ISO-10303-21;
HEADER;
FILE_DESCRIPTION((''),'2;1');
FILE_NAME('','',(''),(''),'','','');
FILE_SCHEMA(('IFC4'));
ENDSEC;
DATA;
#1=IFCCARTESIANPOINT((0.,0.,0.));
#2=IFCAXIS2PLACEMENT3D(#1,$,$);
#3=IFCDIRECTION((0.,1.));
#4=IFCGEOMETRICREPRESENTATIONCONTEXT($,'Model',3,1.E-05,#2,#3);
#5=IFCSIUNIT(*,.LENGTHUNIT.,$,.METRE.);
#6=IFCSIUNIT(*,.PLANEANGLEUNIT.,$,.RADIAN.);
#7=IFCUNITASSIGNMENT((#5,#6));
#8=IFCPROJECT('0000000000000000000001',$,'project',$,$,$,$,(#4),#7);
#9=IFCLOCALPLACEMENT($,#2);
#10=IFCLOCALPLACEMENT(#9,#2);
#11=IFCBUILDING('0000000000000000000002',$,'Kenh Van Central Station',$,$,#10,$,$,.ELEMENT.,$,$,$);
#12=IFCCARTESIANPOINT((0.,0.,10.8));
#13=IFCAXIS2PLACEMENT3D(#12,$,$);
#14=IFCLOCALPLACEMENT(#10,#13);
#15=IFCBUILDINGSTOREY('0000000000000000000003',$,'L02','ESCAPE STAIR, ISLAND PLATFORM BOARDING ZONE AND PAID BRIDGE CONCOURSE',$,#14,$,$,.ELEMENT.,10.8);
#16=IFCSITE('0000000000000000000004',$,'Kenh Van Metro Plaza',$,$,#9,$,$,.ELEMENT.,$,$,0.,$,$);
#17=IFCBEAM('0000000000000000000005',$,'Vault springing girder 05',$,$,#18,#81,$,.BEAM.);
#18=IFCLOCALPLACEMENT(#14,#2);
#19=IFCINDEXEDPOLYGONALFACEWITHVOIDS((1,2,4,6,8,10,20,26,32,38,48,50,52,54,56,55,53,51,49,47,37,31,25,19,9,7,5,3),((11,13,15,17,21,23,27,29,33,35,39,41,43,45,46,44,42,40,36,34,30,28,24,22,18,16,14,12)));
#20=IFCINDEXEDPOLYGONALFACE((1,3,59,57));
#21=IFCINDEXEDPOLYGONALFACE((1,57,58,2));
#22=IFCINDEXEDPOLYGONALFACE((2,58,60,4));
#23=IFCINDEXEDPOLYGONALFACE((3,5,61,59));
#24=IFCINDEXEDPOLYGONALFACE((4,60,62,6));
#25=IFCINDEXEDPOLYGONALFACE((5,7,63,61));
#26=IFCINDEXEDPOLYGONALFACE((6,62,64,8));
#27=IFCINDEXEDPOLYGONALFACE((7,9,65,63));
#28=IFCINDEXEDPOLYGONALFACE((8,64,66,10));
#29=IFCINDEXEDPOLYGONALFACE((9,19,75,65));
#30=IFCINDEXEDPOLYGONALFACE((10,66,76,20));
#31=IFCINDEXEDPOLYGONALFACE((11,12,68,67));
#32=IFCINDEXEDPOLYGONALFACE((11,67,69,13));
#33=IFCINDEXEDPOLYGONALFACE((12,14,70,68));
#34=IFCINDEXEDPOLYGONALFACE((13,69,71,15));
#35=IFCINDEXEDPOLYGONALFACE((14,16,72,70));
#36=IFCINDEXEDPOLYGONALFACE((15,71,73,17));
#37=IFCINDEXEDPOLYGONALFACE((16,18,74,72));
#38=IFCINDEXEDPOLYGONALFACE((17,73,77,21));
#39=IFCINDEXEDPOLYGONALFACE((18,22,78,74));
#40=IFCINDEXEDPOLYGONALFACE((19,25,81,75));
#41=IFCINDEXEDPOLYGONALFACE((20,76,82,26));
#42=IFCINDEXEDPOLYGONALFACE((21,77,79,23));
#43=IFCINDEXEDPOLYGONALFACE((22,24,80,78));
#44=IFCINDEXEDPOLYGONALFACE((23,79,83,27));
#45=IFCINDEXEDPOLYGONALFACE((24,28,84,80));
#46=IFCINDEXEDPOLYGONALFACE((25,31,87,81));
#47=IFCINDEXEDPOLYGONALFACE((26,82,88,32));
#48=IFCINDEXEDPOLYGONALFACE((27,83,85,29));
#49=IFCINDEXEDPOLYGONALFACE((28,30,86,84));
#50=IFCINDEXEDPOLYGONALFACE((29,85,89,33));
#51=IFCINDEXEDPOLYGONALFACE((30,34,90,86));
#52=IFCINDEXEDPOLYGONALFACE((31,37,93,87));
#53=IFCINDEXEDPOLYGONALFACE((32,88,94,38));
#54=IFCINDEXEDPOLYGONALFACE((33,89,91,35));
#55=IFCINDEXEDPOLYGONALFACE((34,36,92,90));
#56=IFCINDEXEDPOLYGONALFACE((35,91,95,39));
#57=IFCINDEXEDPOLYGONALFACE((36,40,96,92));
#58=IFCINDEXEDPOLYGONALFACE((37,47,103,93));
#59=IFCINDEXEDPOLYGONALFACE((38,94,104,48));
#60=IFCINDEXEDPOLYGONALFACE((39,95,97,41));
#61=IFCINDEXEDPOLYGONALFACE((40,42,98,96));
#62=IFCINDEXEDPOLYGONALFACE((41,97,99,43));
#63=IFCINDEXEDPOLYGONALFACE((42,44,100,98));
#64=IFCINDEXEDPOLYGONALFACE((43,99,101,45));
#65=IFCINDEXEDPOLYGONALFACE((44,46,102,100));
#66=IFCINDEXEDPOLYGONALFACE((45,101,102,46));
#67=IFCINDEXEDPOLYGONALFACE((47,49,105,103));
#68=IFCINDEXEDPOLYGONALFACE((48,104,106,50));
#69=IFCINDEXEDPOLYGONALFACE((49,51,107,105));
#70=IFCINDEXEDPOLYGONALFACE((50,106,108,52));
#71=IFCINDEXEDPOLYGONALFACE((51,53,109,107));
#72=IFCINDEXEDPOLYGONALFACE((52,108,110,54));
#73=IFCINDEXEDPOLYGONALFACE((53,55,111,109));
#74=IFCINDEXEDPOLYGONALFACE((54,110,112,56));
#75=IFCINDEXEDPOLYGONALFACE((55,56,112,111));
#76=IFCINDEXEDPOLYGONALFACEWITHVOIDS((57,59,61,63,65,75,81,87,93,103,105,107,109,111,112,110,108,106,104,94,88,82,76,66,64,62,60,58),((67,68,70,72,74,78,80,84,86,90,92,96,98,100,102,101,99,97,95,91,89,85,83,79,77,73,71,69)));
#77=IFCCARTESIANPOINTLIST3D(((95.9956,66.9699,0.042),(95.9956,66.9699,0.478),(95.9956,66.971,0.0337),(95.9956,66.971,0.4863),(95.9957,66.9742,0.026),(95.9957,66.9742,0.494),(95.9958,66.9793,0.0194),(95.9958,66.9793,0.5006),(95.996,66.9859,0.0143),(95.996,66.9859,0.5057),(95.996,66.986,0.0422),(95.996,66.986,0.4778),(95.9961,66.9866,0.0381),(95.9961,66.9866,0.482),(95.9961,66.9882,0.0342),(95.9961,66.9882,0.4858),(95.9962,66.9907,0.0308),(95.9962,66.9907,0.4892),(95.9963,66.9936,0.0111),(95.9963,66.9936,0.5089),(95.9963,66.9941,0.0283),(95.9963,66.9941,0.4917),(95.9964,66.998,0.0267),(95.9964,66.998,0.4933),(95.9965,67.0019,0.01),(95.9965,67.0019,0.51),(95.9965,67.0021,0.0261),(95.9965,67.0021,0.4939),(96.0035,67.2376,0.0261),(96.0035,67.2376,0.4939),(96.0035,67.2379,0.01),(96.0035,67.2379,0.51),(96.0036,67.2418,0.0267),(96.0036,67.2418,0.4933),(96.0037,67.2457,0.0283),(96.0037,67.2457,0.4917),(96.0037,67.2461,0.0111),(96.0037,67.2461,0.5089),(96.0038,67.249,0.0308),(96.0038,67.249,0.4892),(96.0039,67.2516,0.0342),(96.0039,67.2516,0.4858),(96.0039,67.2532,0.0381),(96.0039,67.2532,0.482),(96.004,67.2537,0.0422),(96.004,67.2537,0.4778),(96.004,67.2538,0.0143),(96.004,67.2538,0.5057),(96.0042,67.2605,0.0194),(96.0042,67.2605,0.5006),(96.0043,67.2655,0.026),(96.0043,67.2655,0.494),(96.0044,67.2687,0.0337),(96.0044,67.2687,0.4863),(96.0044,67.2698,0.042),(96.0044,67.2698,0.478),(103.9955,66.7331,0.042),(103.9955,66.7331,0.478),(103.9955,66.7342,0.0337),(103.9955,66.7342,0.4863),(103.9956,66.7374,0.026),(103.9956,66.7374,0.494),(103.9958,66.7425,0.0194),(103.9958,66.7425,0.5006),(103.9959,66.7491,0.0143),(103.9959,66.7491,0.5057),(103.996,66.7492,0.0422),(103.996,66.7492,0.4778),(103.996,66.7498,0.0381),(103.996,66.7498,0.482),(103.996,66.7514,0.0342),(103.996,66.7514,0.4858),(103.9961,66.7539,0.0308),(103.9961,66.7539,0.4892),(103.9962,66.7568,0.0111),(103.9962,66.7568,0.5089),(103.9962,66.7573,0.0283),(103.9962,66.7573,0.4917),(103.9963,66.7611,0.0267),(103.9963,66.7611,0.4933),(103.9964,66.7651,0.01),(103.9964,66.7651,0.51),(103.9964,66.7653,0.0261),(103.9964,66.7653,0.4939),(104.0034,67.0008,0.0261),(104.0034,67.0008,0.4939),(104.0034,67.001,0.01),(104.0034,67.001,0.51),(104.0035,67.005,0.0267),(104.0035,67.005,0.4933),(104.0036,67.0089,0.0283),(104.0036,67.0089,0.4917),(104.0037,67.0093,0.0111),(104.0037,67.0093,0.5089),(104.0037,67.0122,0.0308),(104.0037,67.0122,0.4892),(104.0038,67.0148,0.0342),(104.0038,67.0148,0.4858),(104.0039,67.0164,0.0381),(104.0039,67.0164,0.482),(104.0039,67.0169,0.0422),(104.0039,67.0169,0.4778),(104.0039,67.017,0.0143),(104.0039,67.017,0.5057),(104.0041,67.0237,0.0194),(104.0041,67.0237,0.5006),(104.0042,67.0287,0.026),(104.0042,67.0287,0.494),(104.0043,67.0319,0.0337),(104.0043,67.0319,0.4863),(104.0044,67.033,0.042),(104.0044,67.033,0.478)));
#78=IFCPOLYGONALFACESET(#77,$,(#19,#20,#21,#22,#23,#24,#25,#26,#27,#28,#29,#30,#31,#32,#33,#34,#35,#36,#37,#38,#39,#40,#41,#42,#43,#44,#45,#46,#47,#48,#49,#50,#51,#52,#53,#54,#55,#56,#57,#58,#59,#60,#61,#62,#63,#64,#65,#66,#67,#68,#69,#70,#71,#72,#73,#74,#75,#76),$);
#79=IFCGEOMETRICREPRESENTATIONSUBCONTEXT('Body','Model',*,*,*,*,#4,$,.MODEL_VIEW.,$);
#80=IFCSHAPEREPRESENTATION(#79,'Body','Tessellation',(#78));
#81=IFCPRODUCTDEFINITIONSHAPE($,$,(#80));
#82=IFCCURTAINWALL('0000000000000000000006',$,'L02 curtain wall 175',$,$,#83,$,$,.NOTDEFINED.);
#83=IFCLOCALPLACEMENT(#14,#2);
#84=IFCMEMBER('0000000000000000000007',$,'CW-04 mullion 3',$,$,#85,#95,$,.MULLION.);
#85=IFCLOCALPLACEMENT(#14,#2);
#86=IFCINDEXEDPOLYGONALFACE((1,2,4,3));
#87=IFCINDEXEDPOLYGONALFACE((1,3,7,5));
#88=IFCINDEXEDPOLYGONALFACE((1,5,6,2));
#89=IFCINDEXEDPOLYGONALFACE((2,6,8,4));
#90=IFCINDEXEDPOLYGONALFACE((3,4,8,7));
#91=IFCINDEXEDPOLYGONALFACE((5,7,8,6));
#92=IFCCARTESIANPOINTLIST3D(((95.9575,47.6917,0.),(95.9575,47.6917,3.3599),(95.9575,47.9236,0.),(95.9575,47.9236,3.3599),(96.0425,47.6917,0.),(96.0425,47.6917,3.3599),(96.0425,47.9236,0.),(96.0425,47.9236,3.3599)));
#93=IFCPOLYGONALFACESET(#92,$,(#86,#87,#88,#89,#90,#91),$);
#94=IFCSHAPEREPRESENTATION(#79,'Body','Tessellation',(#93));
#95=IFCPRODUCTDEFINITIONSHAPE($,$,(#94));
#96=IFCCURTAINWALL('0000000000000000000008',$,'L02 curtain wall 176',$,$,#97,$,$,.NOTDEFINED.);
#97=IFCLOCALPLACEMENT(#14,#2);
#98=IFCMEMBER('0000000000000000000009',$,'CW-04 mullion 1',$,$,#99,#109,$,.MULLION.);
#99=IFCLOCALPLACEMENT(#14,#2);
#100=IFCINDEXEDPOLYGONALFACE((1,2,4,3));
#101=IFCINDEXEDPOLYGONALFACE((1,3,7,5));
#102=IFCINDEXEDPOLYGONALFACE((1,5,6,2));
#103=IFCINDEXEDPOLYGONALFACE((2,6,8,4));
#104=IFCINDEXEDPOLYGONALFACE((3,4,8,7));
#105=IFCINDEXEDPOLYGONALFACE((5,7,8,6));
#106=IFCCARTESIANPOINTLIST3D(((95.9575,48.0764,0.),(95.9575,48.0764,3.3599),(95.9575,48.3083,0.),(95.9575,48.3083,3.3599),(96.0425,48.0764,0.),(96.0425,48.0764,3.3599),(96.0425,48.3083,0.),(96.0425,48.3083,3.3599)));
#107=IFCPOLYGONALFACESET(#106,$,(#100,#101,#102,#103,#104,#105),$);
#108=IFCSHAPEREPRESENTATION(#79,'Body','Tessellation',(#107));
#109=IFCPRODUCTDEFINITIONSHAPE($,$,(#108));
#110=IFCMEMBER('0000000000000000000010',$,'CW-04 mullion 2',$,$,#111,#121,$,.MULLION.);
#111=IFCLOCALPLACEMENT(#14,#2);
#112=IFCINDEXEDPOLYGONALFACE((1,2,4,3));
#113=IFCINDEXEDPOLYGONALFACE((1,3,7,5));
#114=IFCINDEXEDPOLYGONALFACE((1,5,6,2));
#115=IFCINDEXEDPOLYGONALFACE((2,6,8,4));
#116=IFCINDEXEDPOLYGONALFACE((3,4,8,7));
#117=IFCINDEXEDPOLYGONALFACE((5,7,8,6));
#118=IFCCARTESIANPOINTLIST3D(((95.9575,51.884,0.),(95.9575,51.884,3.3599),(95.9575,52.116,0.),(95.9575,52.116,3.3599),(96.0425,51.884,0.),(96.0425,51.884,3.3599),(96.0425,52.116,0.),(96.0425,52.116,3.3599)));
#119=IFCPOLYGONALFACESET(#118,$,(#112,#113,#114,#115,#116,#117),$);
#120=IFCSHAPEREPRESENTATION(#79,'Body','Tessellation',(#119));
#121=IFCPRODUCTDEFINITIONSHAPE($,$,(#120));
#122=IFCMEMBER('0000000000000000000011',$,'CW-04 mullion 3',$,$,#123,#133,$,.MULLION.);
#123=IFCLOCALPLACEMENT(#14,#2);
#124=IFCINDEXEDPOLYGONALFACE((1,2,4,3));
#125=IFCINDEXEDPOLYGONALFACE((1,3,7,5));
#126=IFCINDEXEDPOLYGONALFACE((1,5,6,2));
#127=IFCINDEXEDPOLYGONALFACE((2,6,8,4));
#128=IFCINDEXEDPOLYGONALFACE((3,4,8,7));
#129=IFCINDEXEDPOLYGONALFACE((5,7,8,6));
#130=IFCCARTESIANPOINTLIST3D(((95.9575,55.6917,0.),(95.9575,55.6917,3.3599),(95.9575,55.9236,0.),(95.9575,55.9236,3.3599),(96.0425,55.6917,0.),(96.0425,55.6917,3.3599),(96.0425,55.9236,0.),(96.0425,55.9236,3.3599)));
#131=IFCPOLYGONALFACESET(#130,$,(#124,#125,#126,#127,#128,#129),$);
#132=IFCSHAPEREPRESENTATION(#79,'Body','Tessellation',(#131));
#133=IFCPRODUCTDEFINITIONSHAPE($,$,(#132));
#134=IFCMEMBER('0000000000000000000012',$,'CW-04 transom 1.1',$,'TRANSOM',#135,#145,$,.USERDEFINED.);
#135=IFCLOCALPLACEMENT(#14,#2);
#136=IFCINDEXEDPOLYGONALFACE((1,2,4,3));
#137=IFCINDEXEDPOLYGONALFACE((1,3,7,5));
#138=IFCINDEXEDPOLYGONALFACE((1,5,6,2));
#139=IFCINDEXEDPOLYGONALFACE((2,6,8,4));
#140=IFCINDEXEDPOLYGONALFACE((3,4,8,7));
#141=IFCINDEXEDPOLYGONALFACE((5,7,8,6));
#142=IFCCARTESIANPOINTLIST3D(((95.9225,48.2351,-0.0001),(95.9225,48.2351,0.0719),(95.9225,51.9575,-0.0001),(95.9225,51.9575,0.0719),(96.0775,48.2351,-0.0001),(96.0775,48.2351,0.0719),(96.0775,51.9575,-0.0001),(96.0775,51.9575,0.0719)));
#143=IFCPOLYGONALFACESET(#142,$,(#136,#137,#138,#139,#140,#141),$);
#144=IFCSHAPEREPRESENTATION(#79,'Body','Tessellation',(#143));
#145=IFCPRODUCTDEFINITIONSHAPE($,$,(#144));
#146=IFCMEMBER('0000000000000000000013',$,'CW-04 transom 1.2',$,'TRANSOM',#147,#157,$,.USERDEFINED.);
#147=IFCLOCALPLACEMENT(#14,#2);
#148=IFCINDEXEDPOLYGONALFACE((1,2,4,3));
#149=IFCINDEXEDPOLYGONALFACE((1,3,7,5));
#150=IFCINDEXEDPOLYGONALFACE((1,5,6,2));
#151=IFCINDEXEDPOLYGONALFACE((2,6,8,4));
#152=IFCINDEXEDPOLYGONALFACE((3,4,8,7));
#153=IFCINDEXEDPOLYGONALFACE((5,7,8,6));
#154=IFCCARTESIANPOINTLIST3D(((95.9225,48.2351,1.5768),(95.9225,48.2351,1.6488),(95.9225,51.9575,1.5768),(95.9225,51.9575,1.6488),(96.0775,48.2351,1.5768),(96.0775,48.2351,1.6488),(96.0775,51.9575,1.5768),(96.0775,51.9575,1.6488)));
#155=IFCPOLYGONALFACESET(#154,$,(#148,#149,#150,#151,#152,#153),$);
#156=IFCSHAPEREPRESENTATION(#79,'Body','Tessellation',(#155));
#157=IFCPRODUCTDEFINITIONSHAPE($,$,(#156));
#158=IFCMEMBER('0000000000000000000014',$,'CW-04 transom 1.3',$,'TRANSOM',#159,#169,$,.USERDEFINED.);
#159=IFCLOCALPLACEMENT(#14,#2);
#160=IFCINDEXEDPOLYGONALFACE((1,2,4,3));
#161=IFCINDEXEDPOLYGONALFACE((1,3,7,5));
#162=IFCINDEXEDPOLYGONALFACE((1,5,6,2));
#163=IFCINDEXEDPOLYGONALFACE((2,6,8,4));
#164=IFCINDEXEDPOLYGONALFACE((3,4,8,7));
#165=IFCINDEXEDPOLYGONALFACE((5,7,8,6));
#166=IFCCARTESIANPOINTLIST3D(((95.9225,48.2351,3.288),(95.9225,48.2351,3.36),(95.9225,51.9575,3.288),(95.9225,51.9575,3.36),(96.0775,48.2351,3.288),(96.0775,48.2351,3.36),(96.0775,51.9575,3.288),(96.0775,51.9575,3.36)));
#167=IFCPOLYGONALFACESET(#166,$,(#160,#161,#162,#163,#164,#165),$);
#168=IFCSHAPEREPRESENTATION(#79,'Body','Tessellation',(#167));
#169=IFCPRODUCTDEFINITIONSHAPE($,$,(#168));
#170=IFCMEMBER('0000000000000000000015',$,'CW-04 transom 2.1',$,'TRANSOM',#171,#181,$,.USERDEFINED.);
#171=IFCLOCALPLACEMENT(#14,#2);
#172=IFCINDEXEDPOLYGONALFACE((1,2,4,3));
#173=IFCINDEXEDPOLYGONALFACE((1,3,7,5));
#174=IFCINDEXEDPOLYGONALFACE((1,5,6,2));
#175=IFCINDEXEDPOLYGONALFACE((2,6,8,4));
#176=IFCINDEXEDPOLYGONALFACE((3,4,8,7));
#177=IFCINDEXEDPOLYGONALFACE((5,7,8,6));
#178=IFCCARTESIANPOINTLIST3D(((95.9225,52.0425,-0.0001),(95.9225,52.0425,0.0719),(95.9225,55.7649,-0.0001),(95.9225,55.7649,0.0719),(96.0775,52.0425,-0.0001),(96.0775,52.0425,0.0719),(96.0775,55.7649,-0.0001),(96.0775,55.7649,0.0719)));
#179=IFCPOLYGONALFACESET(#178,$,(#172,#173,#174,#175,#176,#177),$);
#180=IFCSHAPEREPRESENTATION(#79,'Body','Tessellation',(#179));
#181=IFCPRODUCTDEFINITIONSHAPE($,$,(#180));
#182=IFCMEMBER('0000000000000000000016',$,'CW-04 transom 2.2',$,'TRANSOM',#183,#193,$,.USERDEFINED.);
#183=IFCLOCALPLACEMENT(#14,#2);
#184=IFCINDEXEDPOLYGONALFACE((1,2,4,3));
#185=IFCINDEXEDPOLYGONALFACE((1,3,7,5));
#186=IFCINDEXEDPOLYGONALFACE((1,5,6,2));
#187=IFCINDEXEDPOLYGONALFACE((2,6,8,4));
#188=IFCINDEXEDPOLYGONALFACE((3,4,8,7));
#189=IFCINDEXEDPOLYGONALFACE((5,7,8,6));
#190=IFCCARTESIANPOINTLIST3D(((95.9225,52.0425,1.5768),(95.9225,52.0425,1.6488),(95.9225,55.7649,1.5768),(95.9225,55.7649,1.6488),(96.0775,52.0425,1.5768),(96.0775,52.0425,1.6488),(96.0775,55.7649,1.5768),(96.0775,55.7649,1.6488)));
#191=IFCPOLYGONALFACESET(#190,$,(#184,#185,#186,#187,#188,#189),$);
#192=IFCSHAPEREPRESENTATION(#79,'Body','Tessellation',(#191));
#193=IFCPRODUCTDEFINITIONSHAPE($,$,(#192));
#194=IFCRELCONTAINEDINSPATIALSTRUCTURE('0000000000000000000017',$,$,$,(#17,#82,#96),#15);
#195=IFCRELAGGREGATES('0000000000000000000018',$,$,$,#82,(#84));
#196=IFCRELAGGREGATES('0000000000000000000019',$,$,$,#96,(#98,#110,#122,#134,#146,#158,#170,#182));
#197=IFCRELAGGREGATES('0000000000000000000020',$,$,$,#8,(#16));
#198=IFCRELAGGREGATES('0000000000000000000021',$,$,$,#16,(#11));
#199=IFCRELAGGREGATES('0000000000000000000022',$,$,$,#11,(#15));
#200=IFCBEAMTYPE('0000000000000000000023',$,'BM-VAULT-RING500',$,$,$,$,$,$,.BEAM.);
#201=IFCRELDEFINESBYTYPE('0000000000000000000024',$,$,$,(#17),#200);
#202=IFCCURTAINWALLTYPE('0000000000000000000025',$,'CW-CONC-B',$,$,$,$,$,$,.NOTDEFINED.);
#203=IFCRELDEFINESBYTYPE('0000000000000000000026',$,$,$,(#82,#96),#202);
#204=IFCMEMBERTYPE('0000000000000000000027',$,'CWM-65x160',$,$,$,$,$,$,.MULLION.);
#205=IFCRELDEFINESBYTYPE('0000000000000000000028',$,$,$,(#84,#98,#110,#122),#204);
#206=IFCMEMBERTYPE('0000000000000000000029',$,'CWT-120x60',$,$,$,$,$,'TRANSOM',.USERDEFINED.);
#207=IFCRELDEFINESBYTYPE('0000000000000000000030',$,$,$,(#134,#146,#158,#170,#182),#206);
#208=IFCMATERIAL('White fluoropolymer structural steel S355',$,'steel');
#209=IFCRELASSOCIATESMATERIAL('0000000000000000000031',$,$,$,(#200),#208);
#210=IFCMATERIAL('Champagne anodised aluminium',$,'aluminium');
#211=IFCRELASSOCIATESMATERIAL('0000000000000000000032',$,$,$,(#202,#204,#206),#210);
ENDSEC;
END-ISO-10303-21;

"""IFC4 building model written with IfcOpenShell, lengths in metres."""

from ifc_helpers import new_model, si_unit, direction, frame, origin, origin_2d, place, context, subcontext, project, spatial, rectangle, hollow_rectangle, extrude, material, material_profile, profile_set, type_object, element, aggregate, save


model = new_model("IFC4")

# Units and contexts
model_context = context("Model", 3, precision=1e-05, world=origin(), true_north=direction((0.0, 1.0)))
body_context = subcontext(model_context, "Body", "Model", "MODEL_VIEW")
ifc_project = project(units=[si_unit("LENGTHUNIT", "METRE"), si_unit("PLANEANGLEUNIT", "RADIAN")], contexts=[model_context])

# Site, building, storey
site_placement = place(None, origin())
site = spatial("IfcSite", under=ifc_project, at=site_placement, Name="Kenh Van Metro Plaza", CompositionType="ELEMENT", RefElevation=0.0)
building_placement = place(site_placement, origin())
building = spatial("IfcBuilding", under=site, at=building_placement, Name="Kenh Van Central Station", CompositionType="ELEMENT")
storey_placement = place(building_placement, frame((0.0, 0.0, 10.8)))
storey = spatial("IfcBuildingStorey", under=building, at=storey_placement, Name="L02", Description="ESCAPE STAIR, ISLAND PLATFORM BOARDING ZONE AND PAID BRIDGE CONCOURSE", CompositionType="ELEMENT", Elevation=10.8)

# Beam
ifc_material_1 = material(Name="White fluoropolymer structural steel S355", Category="steel")
ifc_material_profile_1 = material_profile(ifc_material_1, hollow_rectangle(XDim=0.3, YDim=0.5, WallThickness=0.0161, InnerFilletRadius=0.0161, OuterFilletRadius=0.032, at=origin_2d()), Name="RHS 500x300x16")
ifc_profile_set_1 = profile_set([ifc_material_profile_1], Name="White fluoropolymer structural steel S355")
beam_type_1 = type_object("IfcBeamType", Name="BM-VAULT-RING500", PredefinedType="BEAM", material=ifc_profile_set_1)
beam_placement = place(storey_placement, frame((96.0, 67.1199, 0.26), z_axis=(0.999562, -0.029589, 0.0), x_axis=(0.029589, 0.999562, 0.0)))
element("IfcBeam", 1, at=beam_placement, inside=storey, type_object=beam_type_1, Name="Vault springing girder 05", PredefinedType="BEAM", context=body_context, shape_type="SweptSolid", body=[
    extrude(hollow_rectangle(XDim=0.3, YDim=0.5, WallThickness=0.0161, InnerFilletRadius=0.0161, OuterFilletRadius=0.032, at=origin_2d()), origin(), (0.0, 0.0, 1.0), 8.0034),
])

# Curtain wall, member
ifc_material_2 = material(Name="Champagne anodised aluminium", Category="aluminium")
curtain_wall_type = type_object("IfcCurtainWallType", Name="CW-CONC-B", PredefinedType="NOTDEFINED", material=ifc_material_2)
curtain_wall_1_placement = place(storey_placement, origin())
curtain_wall_1 = element("IfcCurtainWall", 2, at=curtain_wall_1_placement, inside=storey, type_object=curtain_wall_type, Name="L02 curtain wall 175", PredefinedType="NOTDEFINED")
ifc_material_profile_2 = material_profile(ifc_material_2, rectangle(XDim=0.085, YDim=0.2319, at=origin_2d()), Name="AL 85x232")
ifc_profile_set_2 = profile_set([ifc_material_profile_2], Name="Champagne anodised aluminium")
member_type_1 = type_object("IfcMemberType", Name="CWM-65x160", PredefinedType="MULLION", material=ifc_profile_set_2)
member_1_placement = place(storey_placement, frame((96.0, 47.8076, 0.0), z_axis=(0.0, 0.0, 1.0), x_axis=(-1.0, 0.0, 0.0)))
member_1 = element("IfcMember", 3, at=member_1_placement, type_object=member_type_1, Name="CW-04 mullion 3", PredefinedType="MULLION", context=body_context, shape_type="SweptSolid", body=[
    extrude(rectangle(XDim=0.085, YDim=0.2319, at=origin_2d()), origin(), (0.0, 0.0, 1.0), 3.3599),
])

# Curtain wall, members
curtain_wall_2_placement = place(storey_placement, origin())
curtain_wall_2 = element("IfcCurtainWall", 4, at=curtain_wall_2_placement, inside=storey, type_object=curtain_wall_type, Name="L02 curtain wall 176", PredefinedType="NOTDEFINED")
member_2_placement = place(storey_placement, frame((96.0, 48.1924, 0.0), z_axis=(0.0, 0.0, 1.0), x_axis=(-1.0, 0.0, 0.0)))
member_2 = element("IfcMember", 5, at=member_2_placement, type_object=member_type_1, Name="CW-04 mullion 1", PredefinedType="MULLION", context=body_context, shape_type="SweptSolid", body=[
    extrude(rectangle(XDim=0.085, YDim=0.2319, at=origin_2d()), origin(), (0.0, 0.0, 1.0), 3.3599),
])
member_3_placement = place(storey_placement, frame((96.0, 52.0, 0.0), z_axis=(0.0, 0.0, 1.0), x_axis=(-1.0, 0.0, 0.0)))
member_3 = element("IfcMember", 6, at=member_3_placement, type_object=member_type_1, Name="CW-04 mullion 2", PredefinedType="MULLION", context=body_context, shape_type="SweptSolid", body=[
    extrude(rectangle(XDim=0.085, YDim=0.2319, at=origin_2d()), origin(), (0.0, 0.0, 1.0), 3.3599),
])
member_4_placement = place(storey_placement, frame((96.0, 55.8076, 0.0), z_axis=(0.0, 0.0, 1.0), x_axis=(-1.0, 0.0, 0.0)))
member_4 = element("IfcMember", 7, at=member_4_placement, type_object=member_type_1, Name="CW-04 mullion 3", PredefinedType="MULLION", context=body_context, shape_type="SweptSolid", body=[
    extrude(rectangle(XDim=0.085, YDim=0.2319, at=origin_2d()), origin(), (0.0, 0.0, 1.0), 3.3599),
])
ifc_material_profile_3 = material_profile(ifc_material_2, rectangle(XDim=0.155, YDim=0.072, at=origin_2d()), Name="AL 155x72")
ifc_profile_set_3 = profile_set([ifc_material_profile_3], Name="Champagne anodised aluminium")
member_type_2 = type_object("IfcMemberType", Name="CWT-120x60", ElementType="TRANSOM", PredefinedType="USERDEFINED", material=ifc_profile_set_3)
member_5_placement = place(storey_placement, frame((96.0, 48.2351, 0.0359), z_axis=(0.0, 1.0, 0.0), x_axis=(-1.0, 0.0, 0.0)))
member_5 = element("IfcMember", 8, at=member_5_placement, type_object=member_type_2, Name="CW-04 transom 1.1", ObjectType="TRANSOM", PredefinedType="USERDEFINED", context=body_context, shape_type="SweptSolid", body=[
    extrude(rectangle(XDim=0.155, YDim=0.072, at=origin_2d()), origin(), (0.0, 0.0, 1.0), 3.7224),
])
member_6_placement = place(storey_placement, frame((96.0, 48.2351, 1.6128), z_axis=(0.0, 1.0, 0.0), x_axis=(-1.0, 0.0, 0.0)))
member_6 = element("IfcMember", 9, at=member_6_placement, type_object=member_type_2, Name="CW-04 transom 1.2", ObjectType="TRANSOM", PredefinedType="USERDEFINED", context=body_context, shape_type="SweptSolid", body=[
    extrude(rectangle(XDim=0.155, YDim=0.072, at=origin_2d()), origin(), (0.0, 0.0, 1.0), 3.7224),
])
member_7_placement = place(storey_placement, frame((96.0, 48.2351, 3.324), z_axis=(0.0, 1.0, 0.0), x_axis=(-1.0, 0.0, 0.0)))
member_7 = element("IfcMember", 10, at=member_7_placement, type_object=member_type_2, Name="CW-04 transom 1.3", ObjectType="TRANSOM", PredefinedType="USERDEFINED", context=body_context, shape_type="SweptSolid", body=[
    extrude(rectangle(XDim=0.155, YDim=0.072, at=origin_2d()), origin(), (0.0, 0.0, 1.0), 3.7224),
])
member_8_placement = place(storey_placement, frame((96.0, 52.0425, 0.0359), z_axis=(0.0, 1.0, 0.0), x_axis=(-1.0, 0.0, 0.0)))
member_8 = element("IfcMember", 11, at=member_8_placement, type_object=member_type_2, Name="CW-04 transom 2.1", ObjectType="TRANSOM", PredefinedType="USERDEFINED", context=body_context, shape_type="SweptSolid", body=[
    extrude(rectangle(XDim=0.155, YDim=0.072, at=origin_2d()), origin(), (0.0, 0.0, 1.0), 3.7224),
])
member_9_placement = place(storey_placement, frame((96.0, 52.0425, 1.6128), z_axis=(0.0, 1.0, 0.0), x_axis=(-1.0, 0.0, 0.0)))
member_9 = element("IfcMember", 12, at=member_9_placement, type_object=member_type_2, Name="CW-04 transom 2.2", ObjectType="TRANSOM", PredefinedType="USERDEFINED", context=body_context, shape_type="SweptSolid", body=[
    extrude(rectangle(XDim=0.155, YDim=0.072, at=origin_2d()), origin(), (0.0, 0.0, 1.0), 3.7224),
])

aggregate(curtain_wall_1, [member_1])
aggregate(curtain_wall_2, [member_2, member_3, member_4, member_5, member_6, member_7, member_8, member_9])

save(model, "model.ifc")
